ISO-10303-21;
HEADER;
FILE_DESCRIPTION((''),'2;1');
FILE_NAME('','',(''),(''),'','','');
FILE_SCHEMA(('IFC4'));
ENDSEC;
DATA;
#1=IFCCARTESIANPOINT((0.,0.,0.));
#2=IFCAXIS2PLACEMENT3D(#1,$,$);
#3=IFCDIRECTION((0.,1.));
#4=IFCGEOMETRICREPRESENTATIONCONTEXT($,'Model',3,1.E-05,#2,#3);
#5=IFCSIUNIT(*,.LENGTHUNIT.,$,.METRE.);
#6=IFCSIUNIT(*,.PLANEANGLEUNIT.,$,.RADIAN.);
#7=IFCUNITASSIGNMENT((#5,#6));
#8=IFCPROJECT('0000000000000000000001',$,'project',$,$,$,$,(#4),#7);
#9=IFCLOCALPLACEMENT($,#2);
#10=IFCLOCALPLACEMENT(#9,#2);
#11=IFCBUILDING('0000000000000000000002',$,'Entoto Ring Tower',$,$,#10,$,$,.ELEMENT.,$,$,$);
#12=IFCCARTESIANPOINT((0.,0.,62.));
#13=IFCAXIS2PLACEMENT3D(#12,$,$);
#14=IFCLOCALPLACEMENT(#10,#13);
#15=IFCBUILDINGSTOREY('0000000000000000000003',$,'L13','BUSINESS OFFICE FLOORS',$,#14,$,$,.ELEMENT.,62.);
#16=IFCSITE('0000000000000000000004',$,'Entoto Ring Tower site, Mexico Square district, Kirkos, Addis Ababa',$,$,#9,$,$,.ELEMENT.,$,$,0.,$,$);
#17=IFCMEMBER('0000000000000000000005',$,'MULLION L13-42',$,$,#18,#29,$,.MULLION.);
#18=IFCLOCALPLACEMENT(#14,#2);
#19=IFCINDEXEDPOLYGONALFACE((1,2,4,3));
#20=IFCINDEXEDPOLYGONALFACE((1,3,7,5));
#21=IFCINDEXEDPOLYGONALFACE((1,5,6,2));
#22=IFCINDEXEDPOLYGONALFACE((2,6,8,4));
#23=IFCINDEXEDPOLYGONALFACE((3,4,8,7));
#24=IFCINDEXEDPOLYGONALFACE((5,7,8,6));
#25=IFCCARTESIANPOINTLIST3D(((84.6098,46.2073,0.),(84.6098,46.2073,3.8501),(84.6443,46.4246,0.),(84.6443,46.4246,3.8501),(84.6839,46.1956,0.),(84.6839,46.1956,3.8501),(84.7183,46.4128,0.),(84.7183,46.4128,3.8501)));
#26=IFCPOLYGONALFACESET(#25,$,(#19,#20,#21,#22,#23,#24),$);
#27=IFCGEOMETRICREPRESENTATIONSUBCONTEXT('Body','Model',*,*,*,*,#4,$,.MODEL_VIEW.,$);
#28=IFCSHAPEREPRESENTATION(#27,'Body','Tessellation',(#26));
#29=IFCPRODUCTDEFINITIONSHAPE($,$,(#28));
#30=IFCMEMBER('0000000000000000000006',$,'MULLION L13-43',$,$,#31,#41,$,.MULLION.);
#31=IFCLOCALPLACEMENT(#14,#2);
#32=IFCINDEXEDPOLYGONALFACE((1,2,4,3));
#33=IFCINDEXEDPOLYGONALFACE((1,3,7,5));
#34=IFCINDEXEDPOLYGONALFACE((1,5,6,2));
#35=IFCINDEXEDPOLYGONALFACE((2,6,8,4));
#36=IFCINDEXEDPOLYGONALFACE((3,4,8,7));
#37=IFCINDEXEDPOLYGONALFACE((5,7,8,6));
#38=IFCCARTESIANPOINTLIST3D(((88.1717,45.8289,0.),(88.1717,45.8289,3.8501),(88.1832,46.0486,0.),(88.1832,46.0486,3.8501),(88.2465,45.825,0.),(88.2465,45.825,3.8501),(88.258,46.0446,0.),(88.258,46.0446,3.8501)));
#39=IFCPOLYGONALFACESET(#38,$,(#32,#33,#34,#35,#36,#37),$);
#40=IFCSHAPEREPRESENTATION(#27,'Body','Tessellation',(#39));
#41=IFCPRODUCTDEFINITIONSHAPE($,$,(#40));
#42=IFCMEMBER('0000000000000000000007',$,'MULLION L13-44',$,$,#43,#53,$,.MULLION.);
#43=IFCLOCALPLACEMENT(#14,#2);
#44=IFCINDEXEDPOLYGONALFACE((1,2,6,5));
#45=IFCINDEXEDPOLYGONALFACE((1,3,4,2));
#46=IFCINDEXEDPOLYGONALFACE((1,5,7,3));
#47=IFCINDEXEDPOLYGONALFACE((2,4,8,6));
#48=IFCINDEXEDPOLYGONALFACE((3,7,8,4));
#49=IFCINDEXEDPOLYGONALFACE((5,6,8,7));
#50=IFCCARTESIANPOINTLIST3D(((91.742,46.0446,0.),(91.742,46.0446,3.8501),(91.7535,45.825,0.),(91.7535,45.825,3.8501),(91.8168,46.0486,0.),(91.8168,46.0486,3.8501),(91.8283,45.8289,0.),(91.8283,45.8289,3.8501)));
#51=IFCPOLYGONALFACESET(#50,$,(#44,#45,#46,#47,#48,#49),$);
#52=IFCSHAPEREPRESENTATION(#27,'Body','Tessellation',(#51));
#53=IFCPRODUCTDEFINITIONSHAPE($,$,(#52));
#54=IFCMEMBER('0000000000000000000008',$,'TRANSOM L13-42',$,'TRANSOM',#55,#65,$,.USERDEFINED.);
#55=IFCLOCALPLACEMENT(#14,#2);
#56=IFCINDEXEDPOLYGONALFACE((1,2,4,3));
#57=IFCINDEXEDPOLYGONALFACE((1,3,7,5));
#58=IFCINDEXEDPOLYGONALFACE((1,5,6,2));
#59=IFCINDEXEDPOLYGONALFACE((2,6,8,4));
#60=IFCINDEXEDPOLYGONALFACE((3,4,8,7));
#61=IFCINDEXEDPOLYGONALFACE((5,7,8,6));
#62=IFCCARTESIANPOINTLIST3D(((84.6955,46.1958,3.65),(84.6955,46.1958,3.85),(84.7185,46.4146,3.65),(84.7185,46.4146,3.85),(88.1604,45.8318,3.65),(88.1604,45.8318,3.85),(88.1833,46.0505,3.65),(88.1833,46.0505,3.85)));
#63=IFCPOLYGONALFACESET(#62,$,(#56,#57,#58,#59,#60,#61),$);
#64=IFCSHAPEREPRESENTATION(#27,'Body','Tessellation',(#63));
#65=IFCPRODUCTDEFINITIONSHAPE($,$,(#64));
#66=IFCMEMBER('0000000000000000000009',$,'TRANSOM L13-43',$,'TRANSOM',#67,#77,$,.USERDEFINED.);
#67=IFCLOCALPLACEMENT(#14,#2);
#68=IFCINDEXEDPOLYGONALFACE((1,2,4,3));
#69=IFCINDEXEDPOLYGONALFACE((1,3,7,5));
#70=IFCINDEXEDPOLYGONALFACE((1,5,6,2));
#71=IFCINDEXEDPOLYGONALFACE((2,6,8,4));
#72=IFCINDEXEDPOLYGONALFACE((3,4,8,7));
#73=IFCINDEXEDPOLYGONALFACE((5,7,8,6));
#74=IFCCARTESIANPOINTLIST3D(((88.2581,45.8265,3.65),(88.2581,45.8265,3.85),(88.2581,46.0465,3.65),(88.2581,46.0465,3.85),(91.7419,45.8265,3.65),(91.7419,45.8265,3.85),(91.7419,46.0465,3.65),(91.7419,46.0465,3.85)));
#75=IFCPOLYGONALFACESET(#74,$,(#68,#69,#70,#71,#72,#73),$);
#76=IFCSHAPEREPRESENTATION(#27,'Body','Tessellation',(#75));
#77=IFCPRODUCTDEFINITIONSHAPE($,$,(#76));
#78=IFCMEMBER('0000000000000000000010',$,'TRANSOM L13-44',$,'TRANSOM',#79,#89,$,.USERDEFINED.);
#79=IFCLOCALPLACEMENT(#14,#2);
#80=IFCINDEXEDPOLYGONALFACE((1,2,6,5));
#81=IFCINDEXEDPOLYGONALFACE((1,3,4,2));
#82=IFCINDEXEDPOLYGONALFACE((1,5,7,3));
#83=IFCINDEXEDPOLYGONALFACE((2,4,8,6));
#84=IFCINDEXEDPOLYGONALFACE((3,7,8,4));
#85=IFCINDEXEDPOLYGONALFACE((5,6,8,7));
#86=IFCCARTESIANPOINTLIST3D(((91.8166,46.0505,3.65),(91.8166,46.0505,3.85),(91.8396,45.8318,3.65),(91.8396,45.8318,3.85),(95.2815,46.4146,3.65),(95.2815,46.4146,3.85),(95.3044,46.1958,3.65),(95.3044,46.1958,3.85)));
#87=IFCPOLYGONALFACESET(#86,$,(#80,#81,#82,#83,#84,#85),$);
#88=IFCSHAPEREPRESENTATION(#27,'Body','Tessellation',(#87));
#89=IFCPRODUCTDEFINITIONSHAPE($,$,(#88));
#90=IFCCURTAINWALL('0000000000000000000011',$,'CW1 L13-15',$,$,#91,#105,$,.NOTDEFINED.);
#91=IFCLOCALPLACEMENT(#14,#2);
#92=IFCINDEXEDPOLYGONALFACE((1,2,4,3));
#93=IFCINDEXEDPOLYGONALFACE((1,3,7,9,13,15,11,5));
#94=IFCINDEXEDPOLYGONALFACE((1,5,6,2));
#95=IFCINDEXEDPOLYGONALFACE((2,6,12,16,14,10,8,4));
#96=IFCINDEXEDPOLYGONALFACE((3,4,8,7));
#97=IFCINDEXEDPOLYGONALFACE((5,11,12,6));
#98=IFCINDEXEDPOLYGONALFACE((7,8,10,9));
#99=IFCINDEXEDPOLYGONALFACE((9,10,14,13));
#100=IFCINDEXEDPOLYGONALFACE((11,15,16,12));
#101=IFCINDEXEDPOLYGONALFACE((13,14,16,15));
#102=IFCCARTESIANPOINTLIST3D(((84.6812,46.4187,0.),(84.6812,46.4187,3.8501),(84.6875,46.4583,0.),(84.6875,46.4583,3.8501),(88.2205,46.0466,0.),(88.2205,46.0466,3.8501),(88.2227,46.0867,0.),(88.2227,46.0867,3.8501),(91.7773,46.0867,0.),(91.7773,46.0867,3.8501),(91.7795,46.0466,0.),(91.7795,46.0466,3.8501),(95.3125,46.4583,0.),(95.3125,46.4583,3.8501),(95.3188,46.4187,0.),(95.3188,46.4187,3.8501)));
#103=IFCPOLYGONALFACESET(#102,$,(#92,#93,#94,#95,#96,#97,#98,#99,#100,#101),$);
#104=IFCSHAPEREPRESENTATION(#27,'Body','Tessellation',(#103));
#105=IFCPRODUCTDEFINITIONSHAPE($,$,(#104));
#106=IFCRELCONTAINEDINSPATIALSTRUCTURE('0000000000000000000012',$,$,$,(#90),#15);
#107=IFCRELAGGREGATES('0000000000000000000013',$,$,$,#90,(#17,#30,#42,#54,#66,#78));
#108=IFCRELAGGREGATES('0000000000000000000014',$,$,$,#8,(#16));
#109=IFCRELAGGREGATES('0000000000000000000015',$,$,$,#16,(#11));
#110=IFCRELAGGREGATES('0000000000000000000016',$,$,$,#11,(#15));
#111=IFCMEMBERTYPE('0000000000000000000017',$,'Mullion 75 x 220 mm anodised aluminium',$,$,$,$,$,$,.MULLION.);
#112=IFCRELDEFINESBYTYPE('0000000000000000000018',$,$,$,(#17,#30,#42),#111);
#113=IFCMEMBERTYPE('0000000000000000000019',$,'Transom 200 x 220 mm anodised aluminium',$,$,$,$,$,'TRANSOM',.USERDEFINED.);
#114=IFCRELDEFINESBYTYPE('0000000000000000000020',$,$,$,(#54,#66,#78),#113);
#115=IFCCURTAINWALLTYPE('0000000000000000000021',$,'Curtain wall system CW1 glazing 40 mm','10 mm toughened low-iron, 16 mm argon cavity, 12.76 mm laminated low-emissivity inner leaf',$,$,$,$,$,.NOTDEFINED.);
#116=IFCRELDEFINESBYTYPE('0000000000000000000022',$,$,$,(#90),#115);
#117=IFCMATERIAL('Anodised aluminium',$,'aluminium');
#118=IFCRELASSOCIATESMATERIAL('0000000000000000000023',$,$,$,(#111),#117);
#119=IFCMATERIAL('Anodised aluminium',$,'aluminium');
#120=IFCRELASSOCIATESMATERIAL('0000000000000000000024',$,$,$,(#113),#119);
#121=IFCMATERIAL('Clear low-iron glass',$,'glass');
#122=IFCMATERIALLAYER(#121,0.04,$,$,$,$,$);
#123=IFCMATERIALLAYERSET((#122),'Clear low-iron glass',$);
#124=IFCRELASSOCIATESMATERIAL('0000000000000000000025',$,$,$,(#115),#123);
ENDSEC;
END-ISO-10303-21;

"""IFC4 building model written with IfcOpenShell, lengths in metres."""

from ifc_helpers import new_model, si_unit, direction, frame, origin, origin_2d, place, context, subcontext, project, spatial, polyline, rectangle, outline, extrude, material, layer, layer_set, material_profile, profile_set, type_object, element, aggregate, save


model = new_model("IFC4")

# Units and contexts
model_context = context("Model", 3, precision=1e-05, world=origin(), true_north=direction((0.0, 1.0)))
body_context = subcontext(model_context, "Body", "Model", "MODEL_VIEW")
ifc_project = project(units=[si_unit("LENGTHUNIT", "METRE"), si_unit("PLANEANGLEUNIT", "RADIAN")], contexts=[model_context])

# Members
ifc_material_1 = material(Name="Anodised aluminium", Category="aluminium")
ifc_material_profile_1 = material_profile(ifc_material_1, rectangle(XDim=0.075, YDim=0.22, at=origin_2d()), Name="Mullion 75 x 220 mm anodised aluminium")
ifc_profile_set_1 = profile_set([ifc_material_profile_1], Name="Anodised aluminium")
member_type_1 = type_object("IfcMemberType", Name="Mullion 75 x 220 mm anodised aluminium", PredefinedType="MULLION", material=ifc_profile_set_1)
site_placement = place(None, origin())
building_placement = place(site_placement, origin())
storey_placement = place(building_placement, frame((0.0, 0.0, 62.0)))
member_1_placement = place(storey_placement, frame((84.6641, 46.3101, 0.0), z_axis=(0.0, 0.0, 1.0), x_axis=(0.987688, -0.156434, 0.0)))
member_1 = element("IfcMember", 1, at=member_1_placement, type_object=member_type_1, Name="MULLION L13-42", PredefinedType="MULLION", context=body_context, shape_type="SweptSolid", body=[
    extrude(rectangle(XDim=0.075, YDim=0.22, at=origin_2d()), origin(), (0.0, 0.0, 1.0), 3.8501),
])
member_2_placement = place(storey_placement, frame((88.2148, 45.9368, 0.0), z_axis=(0.0, 0.0, 1.0), x_axis=(0.99863, -0.052336, 0.0)))
member_2 = element("IfcMember", 2, at=member_2_placement, type_object=member_type_1, Name="MULLION L13-43", PredefinedType="MULLION", context=body_context, shape_type="SweptSolid", body=[
    extrude(rectangle(XDim=0.075, YDim=0.22, at=origin_2d()), origin(), (0.0, 0.0, 1.0), 3.8501),
])
member_3_placement = place(storey_placement, frame((91.7852, 45.9368, 0.0), z_axis=(0.0, 0.0, 1.0), x_axis=(0.99863, 0.052336, 0.0)))
member_3 = element("IfcMember", 3, at=member_3_placement, type_object=member_type_1, Name="MULLION L13-44", PredefinedType="MULLION", context=body_context, shape_type="SweptSolid", body=[
    extrude(rectangle(XDim=0.075, YDim=0.22, at=origin_2d()), origin(), (0.0, 0.0, 1.0), 3.8501),
])
ifc_material_2 = material(Name="Anodised aluminium", Category="aluminium")
ifc_material_profile_2 = material_profile(ifc_material_2, rectangle(XDim=0.22, YDim=0.2, at=origin_2d()), Name="Transom 200 x 220 mm anodised aluminium")
ifc_profile_set_2 = profile_set([ifc_material_profile_2], Name="Anodised aluminium")
member_type_2 = type_object("IfcMemberType", Name="Transom 200 x 220 mm anodised aluminium", ElementType="TRANSOM", PredefinedType="USERDEFINED", material=ifc_profile_set_2)
member_4_placement = place(storey_placement, frame((84.707, 46.3052, 3.75), z_axis=(0.994527, -0.104484, 0.0), x_axis=(0.104484, 0.994527, 0.0)))
member_4 = element("IfcMember", 4, at=member_4_placement, type_object=member_type_2, Name="TRANSOM L13-42", ObjectType="TRANSOM", PredefinedType="USERDEFINED", context=body_context, shape_type="SweptSolid", body=[
    extrude(rectangle(XDim=0.22, YDim=0.2, at=origin_2d()), origin(), (0.0, 0.0, 1.0), 3.4839),
])
member_5_placement = place(storey_placement, frame((88.2581, 45.9365, 3.75), z_axis=(1.0, 0.0, 0.0), x_axis=(0.0, 1.0, 0.0)))
member_5 = element("IfcMember", 5, at=member_5_placement, type_object=member_type_2, Name="TRANSOM L13-43", ObjectType="TRANSOM", PredefinedType="USERDEFINED", context=body_context, shape_type="SweptSolid", body=[
    extrude(rectangle(XDim=0.22, YDim=0.2, at=origin_2d()), origin(), (0.0, 0.0, 1.0), 3.4839),
])
member_6_placement = place(storey_placement, frame((91.8281, 45.9412, 3.75), z_axis=(0.994527, 0.104484, 0.0), x_axis=(-0.104484, 0.994527, 0.0)))
member_6 = element("IfcMember", 6, at=member_6_placement, type_object=member_type_2, Name="TRANSOM L13-44", ObjectType="TRANSOM", PredefinedType="USERDEFINED", context=body_context, shape_type="SweptSolid", body=[
    extrude(rectangle(XDim=0.22, YDim=0.2, at=origin_2d()), origin(), (0.0, 0.0, 1.0), 3.4839),
])

# Site, building, storey
site = spatial("IfcSite", under=ifc_project, at=site_placement, Name="Entoto Ring Tower site, Mexico Square district, Kirkos, Addis Ababa", CompositionType="ELEMENT", RefElevation=0.0)
building = spatial("IfcBuilding", under=site, at=building_placement, Name="Entoto Ring Tower", CompositionType="ELEMENT")
storey = spatial("IfcBuildingStorey", under=building, at=storey_placement, Name="L13", Description="BUSINESS OFFICE FLOORS", CompositionType="ELEMENT", Elevation=62.0)

# Curtain wall
ifc_material_3 = material(Name="Clear low-iron glass", Category="glass")
ifc_layer = layer(ifc_material_3, 0.04)
ifc_layer_set = layer_set([ifc_layer], Name="Clear low-iron glass")
curtain_wall_type = type_object("IfcCurtainWallType", Name="Curtain wall system CW1 glazing 40 mm", Description="10 mm toughened low-iron, 16 mm argon cavity, 12.76 mm laminated low-emissivity inner leaf", PredefinedType="NOTDEFINED", material=ifc_layer_set)
curtain_wall_1_placement = place(storey_placement, origin())
curtain_wall_1 = element("IfcCurtainWall", 7, at=curtain_wall_1_placement, inside=storey, type_object=curtain_wall_type, Name="CW1 L13-15", PredefinedType="NOTDEFINED", context=body_context, shape_type="SweptSolid", body=[
    extrude(outline(polyline([(84.6812, 46.4187), (88.2205, 46.0466), (91.7795, 46.0466), (95.3188, 46.4187), (95.3125, 46.4583), (91.7773, 46.0867), (88.2227, 46.0867), (84.6875, 46.4583), (84.6812, 46.4187)])), origin(), (0.0, 0.0, 1.0), 3.8501),
])
aggregate(curtain_wall_1, [member_1, member_2, member_3, member_4, member_5, member_6])

save(model, "model.ifc")
